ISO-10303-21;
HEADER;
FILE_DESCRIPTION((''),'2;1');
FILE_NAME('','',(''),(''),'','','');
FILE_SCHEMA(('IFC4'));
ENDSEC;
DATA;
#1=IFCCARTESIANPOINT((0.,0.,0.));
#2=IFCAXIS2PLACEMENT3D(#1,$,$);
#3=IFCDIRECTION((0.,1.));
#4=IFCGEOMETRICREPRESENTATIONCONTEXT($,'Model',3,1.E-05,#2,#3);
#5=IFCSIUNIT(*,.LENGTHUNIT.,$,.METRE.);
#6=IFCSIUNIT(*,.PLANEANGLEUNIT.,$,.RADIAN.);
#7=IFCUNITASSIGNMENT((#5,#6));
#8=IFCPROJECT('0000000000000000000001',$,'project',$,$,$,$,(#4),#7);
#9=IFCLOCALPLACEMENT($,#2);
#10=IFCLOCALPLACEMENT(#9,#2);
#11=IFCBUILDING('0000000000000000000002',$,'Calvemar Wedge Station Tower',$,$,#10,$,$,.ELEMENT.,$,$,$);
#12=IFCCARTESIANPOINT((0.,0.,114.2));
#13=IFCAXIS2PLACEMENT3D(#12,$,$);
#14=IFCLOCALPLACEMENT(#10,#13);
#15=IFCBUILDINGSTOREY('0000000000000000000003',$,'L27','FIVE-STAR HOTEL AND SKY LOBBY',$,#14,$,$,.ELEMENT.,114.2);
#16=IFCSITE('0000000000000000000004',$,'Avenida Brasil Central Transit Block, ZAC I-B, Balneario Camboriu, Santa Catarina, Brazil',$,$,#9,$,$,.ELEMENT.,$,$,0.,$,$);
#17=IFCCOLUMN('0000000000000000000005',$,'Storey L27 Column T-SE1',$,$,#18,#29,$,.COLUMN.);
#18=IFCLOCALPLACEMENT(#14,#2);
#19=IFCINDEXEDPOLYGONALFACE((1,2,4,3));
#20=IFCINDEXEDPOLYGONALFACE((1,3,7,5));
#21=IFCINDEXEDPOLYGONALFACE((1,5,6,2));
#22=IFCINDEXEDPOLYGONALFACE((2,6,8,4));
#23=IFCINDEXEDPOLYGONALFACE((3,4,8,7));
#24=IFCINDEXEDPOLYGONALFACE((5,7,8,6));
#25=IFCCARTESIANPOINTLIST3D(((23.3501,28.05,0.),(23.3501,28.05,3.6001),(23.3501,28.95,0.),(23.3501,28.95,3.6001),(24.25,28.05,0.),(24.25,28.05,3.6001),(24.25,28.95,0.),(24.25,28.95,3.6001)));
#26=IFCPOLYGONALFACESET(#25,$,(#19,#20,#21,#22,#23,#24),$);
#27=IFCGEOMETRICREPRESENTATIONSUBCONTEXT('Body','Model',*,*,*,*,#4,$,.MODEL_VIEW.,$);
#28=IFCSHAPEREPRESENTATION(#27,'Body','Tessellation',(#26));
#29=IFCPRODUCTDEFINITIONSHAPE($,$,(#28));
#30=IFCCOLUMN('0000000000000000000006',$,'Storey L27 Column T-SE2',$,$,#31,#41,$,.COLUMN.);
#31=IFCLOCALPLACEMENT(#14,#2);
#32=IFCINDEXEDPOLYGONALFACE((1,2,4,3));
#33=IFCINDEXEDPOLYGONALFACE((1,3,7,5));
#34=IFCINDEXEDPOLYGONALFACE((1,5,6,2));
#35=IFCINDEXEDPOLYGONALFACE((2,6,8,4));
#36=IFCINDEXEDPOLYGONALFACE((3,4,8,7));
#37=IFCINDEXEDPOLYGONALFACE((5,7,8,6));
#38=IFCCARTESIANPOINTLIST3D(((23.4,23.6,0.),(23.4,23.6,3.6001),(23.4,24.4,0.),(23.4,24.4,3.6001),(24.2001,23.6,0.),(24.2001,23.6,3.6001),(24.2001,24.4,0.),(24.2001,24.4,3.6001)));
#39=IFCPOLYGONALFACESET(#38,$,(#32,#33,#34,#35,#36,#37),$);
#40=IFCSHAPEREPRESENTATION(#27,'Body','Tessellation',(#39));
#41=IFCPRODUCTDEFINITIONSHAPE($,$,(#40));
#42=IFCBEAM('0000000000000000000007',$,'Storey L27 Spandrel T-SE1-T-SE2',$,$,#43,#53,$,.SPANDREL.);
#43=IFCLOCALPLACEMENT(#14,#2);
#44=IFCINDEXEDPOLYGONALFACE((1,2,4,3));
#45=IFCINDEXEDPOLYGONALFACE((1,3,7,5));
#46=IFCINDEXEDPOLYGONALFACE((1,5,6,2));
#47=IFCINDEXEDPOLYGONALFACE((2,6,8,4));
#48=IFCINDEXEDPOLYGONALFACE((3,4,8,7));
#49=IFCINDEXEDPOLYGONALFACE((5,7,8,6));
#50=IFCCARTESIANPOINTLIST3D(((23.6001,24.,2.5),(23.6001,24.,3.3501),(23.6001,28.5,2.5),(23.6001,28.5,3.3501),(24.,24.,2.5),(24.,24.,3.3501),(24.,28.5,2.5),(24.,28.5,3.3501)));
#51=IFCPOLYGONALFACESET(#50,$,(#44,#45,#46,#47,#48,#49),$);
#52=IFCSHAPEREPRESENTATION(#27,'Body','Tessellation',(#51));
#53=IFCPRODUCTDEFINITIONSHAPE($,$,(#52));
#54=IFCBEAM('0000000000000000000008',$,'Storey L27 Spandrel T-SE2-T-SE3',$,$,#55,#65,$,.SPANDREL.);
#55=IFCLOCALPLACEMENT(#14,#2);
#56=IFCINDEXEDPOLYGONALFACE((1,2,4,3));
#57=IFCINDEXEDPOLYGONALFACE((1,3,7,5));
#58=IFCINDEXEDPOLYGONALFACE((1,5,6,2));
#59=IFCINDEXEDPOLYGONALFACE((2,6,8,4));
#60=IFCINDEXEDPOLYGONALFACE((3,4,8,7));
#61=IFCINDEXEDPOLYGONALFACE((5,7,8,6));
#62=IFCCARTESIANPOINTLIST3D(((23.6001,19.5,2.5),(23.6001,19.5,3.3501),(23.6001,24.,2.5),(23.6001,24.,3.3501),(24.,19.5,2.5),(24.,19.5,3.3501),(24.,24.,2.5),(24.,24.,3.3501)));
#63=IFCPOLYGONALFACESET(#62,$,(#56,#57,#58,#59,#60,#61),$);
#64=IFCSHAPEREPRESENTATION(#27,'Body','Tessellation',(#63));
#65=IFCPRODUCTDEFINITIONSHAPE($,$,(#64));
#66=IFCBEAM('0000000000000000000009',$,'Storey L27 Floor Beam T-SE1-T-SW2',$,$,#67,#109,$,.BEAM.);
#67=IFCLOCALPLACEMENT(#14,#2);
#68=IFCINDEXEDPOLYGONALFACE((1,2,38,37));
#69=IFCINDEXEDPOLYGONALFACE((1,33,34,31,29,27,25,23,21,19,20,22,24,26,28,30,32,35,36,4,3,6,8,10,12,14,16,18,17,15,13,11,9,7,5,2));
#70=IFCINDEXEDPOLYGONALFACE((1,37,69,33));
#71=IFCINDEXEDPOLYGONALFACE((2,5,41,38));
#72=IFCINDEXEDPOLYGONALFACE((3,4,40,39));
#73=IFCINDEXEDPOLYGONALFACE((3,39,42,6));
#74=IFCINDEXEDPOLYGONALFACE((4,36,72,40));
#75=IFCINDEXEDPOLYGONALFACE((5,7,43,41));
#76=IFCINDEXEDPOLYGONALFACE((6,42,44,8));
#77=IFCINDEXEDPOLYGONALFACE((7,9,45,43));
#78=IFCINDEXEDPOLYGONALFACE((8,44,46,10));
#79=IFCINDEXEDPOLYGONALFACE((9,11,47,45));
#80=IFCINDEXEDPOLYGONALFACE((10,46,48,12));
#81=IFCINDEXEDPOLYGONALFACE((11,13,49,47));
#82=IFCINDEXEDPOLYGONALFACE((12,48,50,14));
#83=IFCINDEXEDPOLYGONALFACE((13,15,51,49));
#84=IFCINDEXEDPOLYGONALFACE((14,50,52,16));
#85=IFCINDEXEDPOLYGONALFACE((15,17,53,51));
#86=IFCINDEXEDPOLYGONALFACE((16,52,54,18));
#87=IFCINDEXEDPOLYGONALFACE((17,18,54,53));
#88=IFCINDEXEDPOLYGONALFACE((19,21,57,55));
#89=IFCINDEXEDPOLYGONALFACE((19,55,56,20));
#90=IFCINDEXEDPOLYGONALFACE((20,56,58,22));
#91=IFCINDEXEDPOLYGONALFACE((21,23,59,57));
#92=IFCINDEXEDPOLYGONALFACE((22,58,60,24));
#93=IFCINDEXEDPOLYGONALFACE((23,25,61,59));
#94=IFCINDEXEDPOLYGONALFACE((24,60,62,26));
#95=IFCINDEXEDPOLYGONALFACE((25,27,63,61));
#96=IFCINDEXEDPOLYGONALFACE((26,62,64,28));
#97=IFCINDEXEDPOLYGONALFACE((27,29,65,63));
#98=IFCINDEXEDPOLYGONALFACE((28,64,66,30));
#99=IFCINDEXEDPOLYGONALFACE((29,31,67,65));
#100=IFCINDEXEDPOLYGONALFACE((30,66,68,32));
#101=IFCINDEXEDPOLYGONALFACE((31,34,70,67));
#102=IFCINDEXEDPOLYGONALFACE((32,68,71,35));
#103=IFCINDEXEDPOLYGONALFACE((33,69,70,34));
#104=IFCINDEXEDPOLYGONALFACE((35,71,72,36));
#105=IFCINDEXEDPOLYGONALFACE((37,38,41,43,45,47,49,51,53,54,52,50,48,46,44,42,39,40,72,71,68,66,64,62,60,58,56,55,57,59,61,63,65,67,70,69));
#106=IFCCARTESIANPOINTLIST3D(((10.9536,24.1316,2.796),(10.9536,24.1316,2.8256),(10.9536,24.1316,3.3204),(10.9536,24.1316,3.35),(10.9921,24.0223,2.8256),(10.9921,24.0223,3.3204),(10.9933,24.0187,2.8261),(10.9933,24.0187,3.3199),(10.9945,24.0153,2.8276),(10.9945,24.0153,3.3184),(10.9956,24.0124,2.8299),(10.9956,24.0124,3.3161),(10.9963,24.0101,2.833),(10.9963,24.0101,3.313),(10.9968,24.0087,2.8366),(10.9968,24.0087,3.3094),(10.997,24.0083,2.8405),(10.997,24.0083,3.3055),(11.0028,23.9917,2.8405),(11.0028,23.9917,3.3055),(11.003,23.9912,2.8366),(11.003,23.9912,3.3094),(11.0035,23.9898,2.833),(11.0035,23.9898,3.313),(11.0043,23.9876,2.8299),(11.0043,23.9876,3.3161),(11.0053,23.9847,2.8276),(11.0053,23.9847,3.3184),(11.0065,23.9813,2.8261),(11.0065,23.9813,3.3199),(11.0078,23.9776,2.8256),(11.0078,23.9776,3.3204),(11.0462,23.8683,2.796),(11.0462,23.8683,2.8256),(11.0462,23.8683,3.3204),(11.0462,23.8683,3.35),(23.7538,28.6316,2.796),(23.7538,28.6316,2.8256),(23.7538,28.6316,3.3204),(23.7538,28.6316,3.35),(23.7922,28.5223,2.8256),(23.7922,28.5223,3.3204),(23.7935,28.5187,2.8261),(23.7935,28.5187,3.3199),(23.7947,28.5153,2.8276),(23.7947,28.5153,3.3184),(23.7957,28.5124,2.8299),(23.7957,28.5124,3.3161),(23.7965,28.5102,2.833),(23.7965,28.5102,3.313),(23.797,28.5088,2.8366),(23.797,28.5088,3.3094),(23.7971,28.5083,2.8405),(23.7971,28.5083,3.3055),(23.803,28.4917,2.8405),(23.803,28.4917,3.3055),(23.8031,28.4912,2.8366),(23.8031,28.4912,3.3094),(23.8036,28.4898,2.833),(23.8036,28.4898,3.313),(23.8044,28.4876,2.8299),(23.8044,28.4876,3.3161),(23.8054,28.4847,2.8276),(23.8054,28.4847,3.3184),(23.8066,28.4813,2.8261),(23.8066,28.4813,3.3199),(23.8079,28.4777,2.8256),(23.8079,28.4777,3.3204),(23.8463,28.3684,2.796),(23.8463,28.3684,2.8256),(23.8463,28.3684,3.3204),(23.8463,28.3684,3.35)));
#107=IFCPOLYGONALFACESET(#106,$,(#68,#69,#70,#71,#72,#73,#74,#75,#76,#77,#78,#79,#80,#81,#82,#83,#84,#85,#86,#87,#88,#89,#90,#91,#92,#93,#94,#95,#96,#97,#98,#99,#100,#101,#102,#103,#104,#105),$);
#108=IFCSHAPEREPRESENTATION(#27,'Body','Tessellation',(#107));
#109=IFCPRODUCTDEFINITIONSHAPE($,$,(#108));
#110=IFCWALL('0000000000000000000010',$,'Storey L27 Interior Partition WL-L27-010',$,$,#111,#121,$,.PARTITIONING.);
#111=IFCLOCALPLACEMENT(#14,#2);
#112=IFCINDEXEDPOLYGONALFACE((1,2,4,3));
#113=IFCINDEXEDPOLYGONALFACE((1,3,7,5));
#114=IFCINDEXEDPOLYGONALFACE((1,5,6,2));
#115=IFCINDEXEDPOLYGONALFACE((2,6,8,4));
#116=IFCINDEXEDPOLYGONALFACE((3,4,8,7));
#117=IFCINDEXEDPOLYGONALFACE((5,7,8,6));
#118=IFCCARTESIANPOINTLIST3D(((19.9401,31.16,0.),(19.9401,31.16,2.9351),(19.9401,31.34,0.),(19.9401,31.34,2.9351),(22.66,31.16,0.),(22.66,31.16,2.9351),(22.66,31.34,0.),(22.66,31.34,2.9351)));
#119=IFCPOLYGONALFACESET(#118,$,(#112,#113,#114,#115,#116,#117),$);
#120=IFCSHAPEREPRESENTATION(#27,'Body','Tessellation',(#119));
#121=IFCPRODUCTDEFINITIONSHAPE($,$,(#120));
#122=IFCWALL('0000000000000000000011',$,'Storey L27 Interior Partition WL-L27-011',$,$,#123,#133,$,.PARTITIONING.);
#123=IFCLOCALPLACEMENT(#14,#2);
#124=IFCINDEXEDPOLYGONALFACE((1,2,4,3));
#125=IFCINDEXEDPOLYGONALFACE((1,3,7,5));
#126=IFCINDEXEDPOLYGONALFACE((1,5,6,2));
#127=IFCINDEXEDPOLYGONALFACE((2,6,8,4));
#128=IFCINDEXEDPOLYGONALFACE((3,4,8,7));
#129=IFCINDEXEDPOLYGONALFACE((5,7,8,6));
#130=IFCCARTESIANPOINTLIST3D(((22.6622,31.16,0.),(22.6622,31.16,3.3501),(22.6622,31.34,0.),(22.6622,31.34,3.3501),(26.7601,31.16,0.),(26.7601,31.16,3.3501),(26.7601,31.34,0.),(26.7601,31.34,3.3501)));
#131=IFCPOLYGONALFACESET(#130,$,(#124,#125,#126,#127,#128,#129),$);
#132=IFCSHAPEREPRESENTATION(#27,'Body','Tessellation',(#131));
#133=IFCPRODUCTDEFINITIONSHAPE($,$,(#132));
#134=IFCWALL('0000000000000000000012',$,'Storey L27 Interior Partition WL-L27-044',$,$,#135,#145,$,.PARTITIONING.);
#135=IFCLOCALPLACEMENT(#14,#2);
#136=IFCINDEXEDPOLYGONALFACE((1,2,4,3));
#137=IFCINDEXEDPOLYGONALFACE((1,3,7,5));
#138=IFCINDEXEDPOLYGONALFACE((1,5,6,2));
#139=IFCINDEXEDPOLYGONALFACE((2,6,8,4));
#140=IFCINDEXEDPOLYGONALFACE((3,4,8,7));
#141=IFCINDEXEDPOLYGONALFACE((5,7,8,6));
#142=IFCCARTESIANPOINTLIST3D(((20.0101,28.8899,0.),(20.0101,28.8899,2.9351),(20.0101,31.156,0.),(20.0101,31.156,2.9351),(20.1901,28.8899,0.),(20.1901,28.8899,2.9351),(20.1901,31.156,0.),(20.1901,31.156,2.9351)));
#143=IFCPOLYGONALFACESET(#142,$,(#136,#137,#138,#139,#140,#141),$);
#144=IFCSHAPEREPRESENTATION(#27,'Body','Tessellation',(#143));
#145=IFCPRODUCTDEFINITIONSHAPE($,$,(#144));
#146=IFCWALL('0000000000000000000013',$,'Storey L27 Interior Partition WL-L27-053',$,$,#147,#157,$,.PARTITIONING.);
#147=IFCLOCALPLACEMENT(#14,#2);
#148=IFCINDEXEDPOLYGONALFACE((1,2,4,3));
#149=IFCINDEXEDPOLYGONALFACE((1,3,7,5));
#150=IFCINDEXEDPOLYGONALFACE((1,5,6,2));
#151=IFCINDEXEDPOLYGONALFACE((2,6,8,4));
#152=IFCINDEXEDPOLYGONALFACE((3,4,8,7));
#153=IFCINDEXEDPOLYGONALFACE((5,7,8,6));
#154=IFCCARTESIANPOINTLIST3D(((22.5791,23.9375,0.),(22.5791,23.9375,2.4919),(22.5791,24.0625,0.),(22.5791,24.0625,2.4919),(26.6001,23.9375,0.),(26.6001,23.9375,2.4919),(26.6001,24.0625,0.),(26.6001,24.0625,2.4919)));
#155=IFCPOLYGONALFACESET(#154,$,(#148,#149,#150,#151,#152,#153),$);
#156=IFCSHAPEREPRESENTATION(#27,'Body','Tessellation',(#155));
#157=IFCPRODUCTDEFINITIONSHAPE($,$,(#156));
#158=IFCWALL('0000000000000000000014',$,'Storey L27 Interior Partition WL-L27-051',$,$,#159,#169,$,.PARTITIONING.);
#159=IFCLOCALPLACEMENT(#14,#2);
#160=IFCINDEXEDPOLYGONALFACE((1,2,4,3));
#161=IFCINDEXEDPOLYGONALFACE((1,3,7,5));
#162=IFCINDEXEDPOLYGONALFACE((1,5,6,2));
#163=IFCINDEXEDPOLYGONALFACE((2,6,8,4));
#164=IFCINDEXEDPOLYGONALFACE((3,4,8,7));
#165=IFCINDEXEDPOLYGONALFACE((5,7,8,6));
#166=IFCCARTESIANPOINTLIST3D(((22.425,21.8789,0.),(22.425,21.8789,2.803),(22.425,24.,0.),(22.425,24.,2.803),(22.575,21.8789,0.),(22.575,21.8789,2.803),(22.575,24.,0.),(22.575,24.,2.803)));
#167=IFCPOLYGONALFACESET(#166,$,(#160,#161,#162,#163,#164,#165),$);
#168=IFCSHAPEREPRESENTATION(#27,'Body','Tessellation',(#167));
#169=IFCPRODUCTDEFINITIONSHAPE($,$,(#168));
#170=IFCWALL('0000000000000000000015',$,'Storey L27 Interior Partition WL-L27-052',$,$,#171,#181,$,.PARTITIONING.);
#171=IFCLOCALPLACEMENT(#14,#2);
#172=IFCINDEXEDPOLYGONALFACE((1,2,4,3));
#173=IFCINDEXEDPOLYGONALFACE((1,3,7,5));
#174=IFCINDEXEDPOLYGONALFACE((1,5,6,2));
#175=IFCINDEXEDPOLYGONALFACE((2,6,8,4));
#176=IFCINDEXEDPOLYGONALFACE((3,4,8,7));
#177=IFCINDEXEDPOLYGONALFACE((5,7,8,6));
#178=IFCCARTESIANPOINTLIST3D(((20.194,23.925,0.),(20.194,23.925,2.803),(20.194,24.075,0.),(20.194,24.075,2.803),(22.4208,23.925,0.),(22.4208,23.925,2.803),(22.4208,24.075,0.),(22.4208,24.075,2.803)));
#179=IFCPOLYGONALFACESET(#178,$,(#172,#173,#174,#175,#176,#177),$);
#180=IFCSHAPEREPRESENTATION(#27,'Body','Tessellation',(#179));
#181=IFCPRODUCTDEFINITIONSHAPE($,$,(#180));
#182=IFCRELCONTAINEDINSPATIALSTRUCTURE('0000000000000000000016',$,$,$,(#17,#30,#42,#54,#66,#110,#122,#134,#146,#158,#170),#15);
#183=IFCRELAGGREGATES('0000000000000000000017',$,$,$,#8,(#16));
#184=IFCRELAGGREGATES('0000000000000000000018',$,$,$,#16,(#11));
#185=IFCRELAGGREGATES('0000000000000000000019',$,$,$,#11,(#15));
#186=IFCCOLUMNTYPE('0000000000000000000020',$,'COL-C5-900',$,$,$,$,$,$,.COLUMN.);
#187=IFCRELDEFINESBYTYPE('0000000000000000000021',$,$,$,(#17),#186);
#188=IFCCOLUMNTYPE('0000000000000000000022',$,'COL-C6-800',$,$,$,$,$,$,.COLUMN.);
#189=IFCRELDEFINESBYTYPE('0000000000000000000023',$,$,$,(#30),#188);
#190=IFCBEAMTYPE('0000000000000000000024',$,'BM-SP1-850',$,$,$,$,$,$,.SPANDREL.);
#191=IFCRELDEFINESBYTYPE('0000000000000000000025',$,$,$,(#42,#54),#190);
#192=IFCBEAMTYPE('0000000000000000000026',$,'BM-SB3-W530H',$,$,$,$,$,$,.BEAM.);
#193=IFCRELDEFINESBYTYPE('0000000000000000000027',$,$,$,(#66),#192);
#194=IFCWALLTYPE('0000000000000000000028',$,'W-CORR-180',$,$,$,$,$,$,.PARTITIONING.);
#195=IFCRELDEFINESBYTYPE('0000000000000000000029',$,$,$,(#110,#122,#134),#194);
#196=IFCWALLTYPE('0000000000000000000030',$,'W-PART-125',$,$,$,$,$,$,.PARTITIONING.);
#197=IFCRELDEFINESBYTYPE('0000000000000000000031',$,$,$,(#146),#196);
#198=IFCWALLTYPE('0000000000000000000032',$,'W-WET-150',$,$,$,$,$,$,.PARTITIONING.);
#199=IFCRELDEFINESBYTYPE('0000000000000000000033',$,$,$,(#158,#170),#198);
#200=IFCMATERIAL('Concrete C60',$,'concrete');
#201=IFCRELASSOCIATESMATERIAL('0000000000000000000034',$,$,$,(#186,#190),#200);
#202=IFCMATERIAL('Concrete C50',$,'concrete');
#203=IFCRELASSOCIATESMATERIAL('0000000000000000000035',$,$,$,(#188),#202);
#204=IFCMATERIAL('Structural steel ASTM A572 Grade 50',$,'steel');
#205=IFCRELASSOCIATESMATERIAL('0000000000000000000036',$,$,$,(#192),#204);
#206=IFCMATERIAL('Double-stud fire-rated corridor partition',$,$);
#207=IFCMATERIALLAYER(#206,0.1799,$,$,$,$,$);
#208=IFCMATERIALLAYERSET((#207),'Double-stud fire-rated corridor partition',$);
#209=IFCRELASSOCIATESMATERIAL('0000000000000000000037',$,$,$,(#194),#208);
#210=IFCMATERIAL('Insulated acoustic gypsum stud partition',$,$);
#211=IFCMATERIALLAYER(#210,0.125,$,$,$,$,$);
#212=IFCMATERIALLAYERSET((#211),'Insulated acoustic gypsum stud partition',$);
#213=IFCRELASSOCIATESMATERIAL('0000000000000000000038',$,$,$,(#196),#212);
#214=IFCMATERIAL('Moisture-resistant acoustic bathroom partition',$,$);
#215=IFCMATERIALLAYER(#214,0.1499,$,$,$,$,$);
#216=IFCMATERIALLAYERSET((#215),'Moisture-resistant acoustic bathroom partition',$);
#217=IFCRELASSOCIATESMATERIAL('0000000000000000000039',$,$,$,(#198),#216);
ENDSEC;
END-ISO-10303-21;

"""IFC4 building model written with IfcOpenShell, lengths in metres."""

from ifc_helpers import new_model, si_unit, direction, frame, frame_2d, origin, origin_2d, place, context, subcontext, project, spatial, rectangle, i_section, extrude, source, transform, mapped, material, layer, layer_set, material_profile, profile_set, type_object, element, save


model = new_model("IFC4")

# Units and contexts
model_context = context("Model", 3, precision=1e-05, world=origin(), true_north=direction((0.0, 1.0)))
body_context = subcontext(model_context, "Body", "Model", "MODEL_VIEW")
ifc_project = project(units=[si_unit("LENGTHUNIT", "METRE"), si_unit("PLANEANGLEUNIT", "RADIAN")], contexts=[model_context])

# Site, building, storey
site_placement = place(None, origin())
site = spatial("IfcSite", under=ifc_project, at=site_placement, Name="Avenida Brasil Central Transit Block, ZAC I-B, Balneario Camboriu, Santa Catarina, Brazil", CompositionType="ELEMENT", RefElevation=0.0)
building_placement = place(site_placement, origin())
building = spatial("IfcBuilding", under=site, at=building_placement, Name="Calvemar Wedge Station Tower", CompositionType="ELEMENT")
storey_placement = place(building_placement, frame((0.0, 0.0, 114.2)))
storey = spatial("IfcBuildingStorey", under=building, at=storey_placement, Name="L27", Description="FIVE-STAR HOTEL AND SKY LOBBY", CompositionType="ELEMENT", Elevation=114.2)

# Columns
ifc_material_1 = material(Name="Concrete C60", Category="concrete")
ifc_material_profile_1 = material_profile(ifc_material_1, rectangle(XDim=0.8999, YDim=0.8999, at=origin_2d()), Name="RC900x900")
ifc_profile_set_1 = profile_set([ifc_material_profile_1], Name="Concrete C60")
column_type_1 = type_object("IfcColumnType", Name="COL-C5-900", PredefinedType="COLUMN", material=ifc_profile_set_1)
shared_shape_1 = source(origin(), body_context, "Body", "SweptSolid", [
    extrude(rectangle(XDim=0.8999, YDim=0.8999, at=origin_2d()), origin(), (0.0, 0.0, 1.0), 3.6001),
])
column_1_placement = place(storey_placement, frame((23.8, 28.5, 0.0), z_axis=(0.0, 0.0, 1.0), x_axis=(1.0, 0.0, 0.0)))
element("IfcColumn", 1, at=column_1_placement, inside=storey, type_object=column_type_1, Name="Storey L27 Column T-SE1", PredefinedType="COLUMN", context=body_context, shape_type="MappedRepresentation", body=[
    mapped(shared_shape_1, transform((0.0, 0.0, 0.0), scale=1.0)),
])
ifc_material_2 = material(Name="Concrete C50", Category="concrete")
ifc_material_profile_2 = material_profile(ifc_material_2, rectangle(XDim=0.8, YDim=0.8, at=origin_2d()), Name="RC800x800")
ifc_profile_set_2 = profile_set([ifc_material_profile_2], Name="Concrete C50")
column_type_2 = type_object("IfcColumnType", Name="COL-C6-800", PredefinedType="COLUMN", material=ifc_profile_set_2)
shared_shape_2 = source(origin(), body_context, "Body", "SweptSolid", [
    extrude(rectangle(XDim=0.8, YDim=0.8, at=origin_2d()), origin(), (0.0, 0.0, 1.0), 3.6001),
])
column_2_placement = place(storey_placement, frame((23.8, 24.0, 0.0), z_axis=(0.0, 0.0, 1.0), x_axis=(1.0, 0.0, 0.0)))
element("IfcColumn", 2, at=column_2_placement, inside=storey, type_object=column_type_2, Name="Storey L27 Column T-SE2", PredefinedType="COLUMN", context=body_context, shape_type="MappedRepresentation", body=[
    mapped(shared_shape_2, transform((0.0, 0.0, 0.0), scale=1.0)),
])

# Beams
ifc_material_profile_3 = material_profile(ifc_material_1, rectangle(XDim=0.3999, YDim=0.8501, at=origin_2d()), Name="RC400x850")
ifc_profile_set_3 = profile_set([ifc_material_profile_3], Name="Concrete C60")
beam_type_1 = type_object("IfcBeamType", Name="BM-SP1-850", PredefinedType="SPANDREL", material=ifc_profile_set_3)
shared_shape_3 = source(origin(), body_context, "Body", "SweptSolid", [
    extrude(rectangle(XDim=0.3999, YDim=0.8501, at=origin_2d()), origin(), (0.0, 0.0, 1.0), 4.5),
])
for number, where, z_axis, x_axis, name in (
    (3, (23.8, 28.5, 2.925), (0.0, -1.0, 0.0), (1.0, 0.0, 0.0), "Storey L27 Spandrel T-SE1-T-SE2"),
    (4, (23.8, 24.0, 2.925), (0.0, -1.0, 0.0), (1.0, 0.0, 0.0), "Storey L27 Spandrel T-SE2-T-SE3"),
):
    element("IfcBeam", number, at=place(storey_placement, frame(where, z_axis=z_axis, x_axis=x_axis)), inside=storey, type_object=beam_type_1, Name=name, PredefinedType="SPANDREL", context=body_context, shape_type="MappedRepresentation", body=[
        mapped(shared_shape_3, transform((0.0, 0.0, 0.0), scale=1.0)),
    ])
ifc_material_3 = material(Name="Structural steel ASTM A572 Grade 50", Category="steel")
ifc_material_profile_4 = material_profile(ifc_material_3, i_section(OverallWidth=0.2791, OverallDepth=0.554, WebThickness=0.0176, FlangeThickness=0.0295, FilletRadius=0.0149, at=origin_2d()), Name="W530x196")
ifc_profile_set_4 = profile_set([ifc_material_profile_4], Name="Structural steel ASTM A572 Grade 50")
beam_type_2 = type_object("IfcBeamType", Name="BM-SB3-W530H", PredefinedType="BEAM", material=ifc_profile_set_4)
shared_shape_4 = source(origin(), body_context, "Body", "SweptSolid", [
    extrude(i_section(OverallWidth=0.2791, OverallDepth=0.554, WebThickness=0.0176, FlangeThickness=0.0295, FilletRadius=0.0149, at=origin_2d()), origin(), (0.0, 0.0, 1.0), 13.5681),
])
beam_placement = place(storey_placement, frame((23.8, 28.5, 3.073), z_axis=(-0.943398, -0.331662, 0.0), x_axis=(0.331662, -0.943398, 0.0)))
element("IfcBeam", 5, at=beam_placement, inside=storey, type_object=beam_type_2, Name="Storey L27 Floor Beam T-SE1-T-SW2", PredefinedType="BEAM", context=body_context, shape_type="MappedRepresentation", body=[
    mapped(shared_shape_4, transform((0.0, 0.0, 0.0), scale=1.0)),
])

# Walls
ifc_material_4 = material(Name="Double-stud fire-rated corridor partition")
ifc_layer_1 = layer(ifc_material_4, 0.1799)
ifc_layer_set_1 = layer_set([ifc_layer_1], Name="Double-stud fire-rated corridor partition")
wall_type_1 = type_object("IfcWallType", Name="W-CORR-180", PredefinedType="PARTITIONING", material=ifc_layer_set_1)
wall_1_placement = place(storey_placement, frame((22.6599, 31.25, 0.0), z_axis=(0.0, 0.0, 1.0), x_axis=(-1.0, 0.0, 0.0)))
element("IfcWall", 6, at=wall_1_placement, inside=storey, type_object=wall_type_1, Name="Storey L27 Interior Partition WL-L27-010", PredefinedType="PARTITIONING", context=body_context, shape_type="SweptSolid", body=[
    extrude(rectangle(XDim=2.72, YDim=0.1799, at=frame_2d((1.3599, 0.0))), origin(), (0.0, 0.0, 1.0), 2.9351),
])
wall_2_placement = place(storey_placement, frame((26.76, 31.25, 0.0), z_axis=(0.0, 0.0, 1.0), x_axis=(-1.0, 0.0, 0.0)))
element("IfcWall", 7, at=wall_2_placement, inside=storey, type_object=wall_type_1, Name="Storey L27 Interior Partition WL-L27-011", PredefinedType="PARTITIONING", context=body_context, shape_type="SweptSolid", body=[
    extrude(rectangle(XDim=4.0979, YDim=0.1799, at=frame_2d((2.0488, 0.0))), origin(), (0.0, 0.0, 1.0), 3.3501),
])
wall_3_placement = place(storey_placement, frame((20.1001, 31.156, 0.0), z_axis=(0.0, 0.0, 1.0), x_axis=(0.0, -1.0, 0.0)))
element("IfcWall", 8, at=wall_3_placement, inside=storey, type_object=wall_type_1, Name="Storey L27 Interior Partition WL-L27-044", PredefinedType="PARTITIONING", context=body_context, shape_type="SweptSolid", body=[
    extrude(rectangle(XDim=2.2661, YDim=0.1799, at=frame_2d((1.1331, 0.0))), origin(), (0.0, 0.0, 1.0), 2.9351),
])

# Walls
ifc_material_5 = material(Name="Insulated acoustic gypsum stud partition")
ifc_layer_2 = layer(ifc_material_5, 0.125)
ifc_layer_set_2 = layer_set([ifc_layer_2], Name="Insulated acoustic gypsum stud partition")
wall_type_2 = type_object("IfcWallType", Name="W-PART-125", PredefinedType="PARTITIONING", material=ifc_layer_set_2)
wall_4_placement = place(storey_placement, frame((22.5791, 24.0, 0.0), z_axis=(0.0, 0.0, 1.0), x_axis=(1.0, 0.0, 0.0)))
element("IfcWall", 9, at=wall_4_placement, inside=storey, type_object=wall_type_2, Name="Storey L27 Interior Partition WL-L27-053", PredefinedType="PARTITIONING", context=body_context, shape_type="SweptSolid", body=[
    extrude(rectangle(XDim=4.021, YDim=0.125, at=frame_2d((2.0105, 0.0))), origin(), (0.0, 0.0, 1.0), 2.4919),
])
ifc_material_6 = material(Name="Moisture-resistant acoustic bathroom partition")
ifc_layer_3 = layer(ifc_material_6, 0.1499)
ifc_layer_set_3 = layer_set([ifc_layer_3], Name="Moisture-resistant acoustic bathroom partition")
wall_type_3 = type_object("IfcWallType", Name="W-WET-150", PredefinedType="PARTITIONING", material=ifc_layer_set_3)
wall_5_placement = place(storey_placement, frame((22.5, 24.0, 0.0), z_axis=(0.0, 0.0, 1.0), x_axis=(0.0, -1.0, 0.0)))
element("IfcWall", 10, at=wall_5_placement, inside=storey, type_object=wall_type_3, Name="Storey L27 Interior Partition WL-L27-051", PredefinedType="PARTITIONING", context=body_context, shape_type="SweptSolid", body=[
    extrude(rectangle(XDim=2.1211, YDim=0.1499, at=frame_2d((1.0605, 0.0))), origin(), (0.0, 0.0, 1.0), 2.803),
])
wall_6_placement = place(storey_placement, frame((20.1941, 24.0, 0.0), z_axis=(0.0, 0.0, 1.0), x_axis=(1.0, 0.0, 0.0)))
element("IfcWall", 11, at=wall_6_placement, inside=storey, type_object=wall_type_3, Name="Storey L27 Interior Partition WL-L27-052", PredefinedType="PARTITIONING", context=body_context, shape_type="SweptSolid", body=[
    extrude(rectangle(XDim=2.2268, YDim=0.1499, at=frame_2d((1.1133, 0.0))), origin(), (0.0, 0.0, 1.0), 2.803),
])

save(model, "model.ifc")
